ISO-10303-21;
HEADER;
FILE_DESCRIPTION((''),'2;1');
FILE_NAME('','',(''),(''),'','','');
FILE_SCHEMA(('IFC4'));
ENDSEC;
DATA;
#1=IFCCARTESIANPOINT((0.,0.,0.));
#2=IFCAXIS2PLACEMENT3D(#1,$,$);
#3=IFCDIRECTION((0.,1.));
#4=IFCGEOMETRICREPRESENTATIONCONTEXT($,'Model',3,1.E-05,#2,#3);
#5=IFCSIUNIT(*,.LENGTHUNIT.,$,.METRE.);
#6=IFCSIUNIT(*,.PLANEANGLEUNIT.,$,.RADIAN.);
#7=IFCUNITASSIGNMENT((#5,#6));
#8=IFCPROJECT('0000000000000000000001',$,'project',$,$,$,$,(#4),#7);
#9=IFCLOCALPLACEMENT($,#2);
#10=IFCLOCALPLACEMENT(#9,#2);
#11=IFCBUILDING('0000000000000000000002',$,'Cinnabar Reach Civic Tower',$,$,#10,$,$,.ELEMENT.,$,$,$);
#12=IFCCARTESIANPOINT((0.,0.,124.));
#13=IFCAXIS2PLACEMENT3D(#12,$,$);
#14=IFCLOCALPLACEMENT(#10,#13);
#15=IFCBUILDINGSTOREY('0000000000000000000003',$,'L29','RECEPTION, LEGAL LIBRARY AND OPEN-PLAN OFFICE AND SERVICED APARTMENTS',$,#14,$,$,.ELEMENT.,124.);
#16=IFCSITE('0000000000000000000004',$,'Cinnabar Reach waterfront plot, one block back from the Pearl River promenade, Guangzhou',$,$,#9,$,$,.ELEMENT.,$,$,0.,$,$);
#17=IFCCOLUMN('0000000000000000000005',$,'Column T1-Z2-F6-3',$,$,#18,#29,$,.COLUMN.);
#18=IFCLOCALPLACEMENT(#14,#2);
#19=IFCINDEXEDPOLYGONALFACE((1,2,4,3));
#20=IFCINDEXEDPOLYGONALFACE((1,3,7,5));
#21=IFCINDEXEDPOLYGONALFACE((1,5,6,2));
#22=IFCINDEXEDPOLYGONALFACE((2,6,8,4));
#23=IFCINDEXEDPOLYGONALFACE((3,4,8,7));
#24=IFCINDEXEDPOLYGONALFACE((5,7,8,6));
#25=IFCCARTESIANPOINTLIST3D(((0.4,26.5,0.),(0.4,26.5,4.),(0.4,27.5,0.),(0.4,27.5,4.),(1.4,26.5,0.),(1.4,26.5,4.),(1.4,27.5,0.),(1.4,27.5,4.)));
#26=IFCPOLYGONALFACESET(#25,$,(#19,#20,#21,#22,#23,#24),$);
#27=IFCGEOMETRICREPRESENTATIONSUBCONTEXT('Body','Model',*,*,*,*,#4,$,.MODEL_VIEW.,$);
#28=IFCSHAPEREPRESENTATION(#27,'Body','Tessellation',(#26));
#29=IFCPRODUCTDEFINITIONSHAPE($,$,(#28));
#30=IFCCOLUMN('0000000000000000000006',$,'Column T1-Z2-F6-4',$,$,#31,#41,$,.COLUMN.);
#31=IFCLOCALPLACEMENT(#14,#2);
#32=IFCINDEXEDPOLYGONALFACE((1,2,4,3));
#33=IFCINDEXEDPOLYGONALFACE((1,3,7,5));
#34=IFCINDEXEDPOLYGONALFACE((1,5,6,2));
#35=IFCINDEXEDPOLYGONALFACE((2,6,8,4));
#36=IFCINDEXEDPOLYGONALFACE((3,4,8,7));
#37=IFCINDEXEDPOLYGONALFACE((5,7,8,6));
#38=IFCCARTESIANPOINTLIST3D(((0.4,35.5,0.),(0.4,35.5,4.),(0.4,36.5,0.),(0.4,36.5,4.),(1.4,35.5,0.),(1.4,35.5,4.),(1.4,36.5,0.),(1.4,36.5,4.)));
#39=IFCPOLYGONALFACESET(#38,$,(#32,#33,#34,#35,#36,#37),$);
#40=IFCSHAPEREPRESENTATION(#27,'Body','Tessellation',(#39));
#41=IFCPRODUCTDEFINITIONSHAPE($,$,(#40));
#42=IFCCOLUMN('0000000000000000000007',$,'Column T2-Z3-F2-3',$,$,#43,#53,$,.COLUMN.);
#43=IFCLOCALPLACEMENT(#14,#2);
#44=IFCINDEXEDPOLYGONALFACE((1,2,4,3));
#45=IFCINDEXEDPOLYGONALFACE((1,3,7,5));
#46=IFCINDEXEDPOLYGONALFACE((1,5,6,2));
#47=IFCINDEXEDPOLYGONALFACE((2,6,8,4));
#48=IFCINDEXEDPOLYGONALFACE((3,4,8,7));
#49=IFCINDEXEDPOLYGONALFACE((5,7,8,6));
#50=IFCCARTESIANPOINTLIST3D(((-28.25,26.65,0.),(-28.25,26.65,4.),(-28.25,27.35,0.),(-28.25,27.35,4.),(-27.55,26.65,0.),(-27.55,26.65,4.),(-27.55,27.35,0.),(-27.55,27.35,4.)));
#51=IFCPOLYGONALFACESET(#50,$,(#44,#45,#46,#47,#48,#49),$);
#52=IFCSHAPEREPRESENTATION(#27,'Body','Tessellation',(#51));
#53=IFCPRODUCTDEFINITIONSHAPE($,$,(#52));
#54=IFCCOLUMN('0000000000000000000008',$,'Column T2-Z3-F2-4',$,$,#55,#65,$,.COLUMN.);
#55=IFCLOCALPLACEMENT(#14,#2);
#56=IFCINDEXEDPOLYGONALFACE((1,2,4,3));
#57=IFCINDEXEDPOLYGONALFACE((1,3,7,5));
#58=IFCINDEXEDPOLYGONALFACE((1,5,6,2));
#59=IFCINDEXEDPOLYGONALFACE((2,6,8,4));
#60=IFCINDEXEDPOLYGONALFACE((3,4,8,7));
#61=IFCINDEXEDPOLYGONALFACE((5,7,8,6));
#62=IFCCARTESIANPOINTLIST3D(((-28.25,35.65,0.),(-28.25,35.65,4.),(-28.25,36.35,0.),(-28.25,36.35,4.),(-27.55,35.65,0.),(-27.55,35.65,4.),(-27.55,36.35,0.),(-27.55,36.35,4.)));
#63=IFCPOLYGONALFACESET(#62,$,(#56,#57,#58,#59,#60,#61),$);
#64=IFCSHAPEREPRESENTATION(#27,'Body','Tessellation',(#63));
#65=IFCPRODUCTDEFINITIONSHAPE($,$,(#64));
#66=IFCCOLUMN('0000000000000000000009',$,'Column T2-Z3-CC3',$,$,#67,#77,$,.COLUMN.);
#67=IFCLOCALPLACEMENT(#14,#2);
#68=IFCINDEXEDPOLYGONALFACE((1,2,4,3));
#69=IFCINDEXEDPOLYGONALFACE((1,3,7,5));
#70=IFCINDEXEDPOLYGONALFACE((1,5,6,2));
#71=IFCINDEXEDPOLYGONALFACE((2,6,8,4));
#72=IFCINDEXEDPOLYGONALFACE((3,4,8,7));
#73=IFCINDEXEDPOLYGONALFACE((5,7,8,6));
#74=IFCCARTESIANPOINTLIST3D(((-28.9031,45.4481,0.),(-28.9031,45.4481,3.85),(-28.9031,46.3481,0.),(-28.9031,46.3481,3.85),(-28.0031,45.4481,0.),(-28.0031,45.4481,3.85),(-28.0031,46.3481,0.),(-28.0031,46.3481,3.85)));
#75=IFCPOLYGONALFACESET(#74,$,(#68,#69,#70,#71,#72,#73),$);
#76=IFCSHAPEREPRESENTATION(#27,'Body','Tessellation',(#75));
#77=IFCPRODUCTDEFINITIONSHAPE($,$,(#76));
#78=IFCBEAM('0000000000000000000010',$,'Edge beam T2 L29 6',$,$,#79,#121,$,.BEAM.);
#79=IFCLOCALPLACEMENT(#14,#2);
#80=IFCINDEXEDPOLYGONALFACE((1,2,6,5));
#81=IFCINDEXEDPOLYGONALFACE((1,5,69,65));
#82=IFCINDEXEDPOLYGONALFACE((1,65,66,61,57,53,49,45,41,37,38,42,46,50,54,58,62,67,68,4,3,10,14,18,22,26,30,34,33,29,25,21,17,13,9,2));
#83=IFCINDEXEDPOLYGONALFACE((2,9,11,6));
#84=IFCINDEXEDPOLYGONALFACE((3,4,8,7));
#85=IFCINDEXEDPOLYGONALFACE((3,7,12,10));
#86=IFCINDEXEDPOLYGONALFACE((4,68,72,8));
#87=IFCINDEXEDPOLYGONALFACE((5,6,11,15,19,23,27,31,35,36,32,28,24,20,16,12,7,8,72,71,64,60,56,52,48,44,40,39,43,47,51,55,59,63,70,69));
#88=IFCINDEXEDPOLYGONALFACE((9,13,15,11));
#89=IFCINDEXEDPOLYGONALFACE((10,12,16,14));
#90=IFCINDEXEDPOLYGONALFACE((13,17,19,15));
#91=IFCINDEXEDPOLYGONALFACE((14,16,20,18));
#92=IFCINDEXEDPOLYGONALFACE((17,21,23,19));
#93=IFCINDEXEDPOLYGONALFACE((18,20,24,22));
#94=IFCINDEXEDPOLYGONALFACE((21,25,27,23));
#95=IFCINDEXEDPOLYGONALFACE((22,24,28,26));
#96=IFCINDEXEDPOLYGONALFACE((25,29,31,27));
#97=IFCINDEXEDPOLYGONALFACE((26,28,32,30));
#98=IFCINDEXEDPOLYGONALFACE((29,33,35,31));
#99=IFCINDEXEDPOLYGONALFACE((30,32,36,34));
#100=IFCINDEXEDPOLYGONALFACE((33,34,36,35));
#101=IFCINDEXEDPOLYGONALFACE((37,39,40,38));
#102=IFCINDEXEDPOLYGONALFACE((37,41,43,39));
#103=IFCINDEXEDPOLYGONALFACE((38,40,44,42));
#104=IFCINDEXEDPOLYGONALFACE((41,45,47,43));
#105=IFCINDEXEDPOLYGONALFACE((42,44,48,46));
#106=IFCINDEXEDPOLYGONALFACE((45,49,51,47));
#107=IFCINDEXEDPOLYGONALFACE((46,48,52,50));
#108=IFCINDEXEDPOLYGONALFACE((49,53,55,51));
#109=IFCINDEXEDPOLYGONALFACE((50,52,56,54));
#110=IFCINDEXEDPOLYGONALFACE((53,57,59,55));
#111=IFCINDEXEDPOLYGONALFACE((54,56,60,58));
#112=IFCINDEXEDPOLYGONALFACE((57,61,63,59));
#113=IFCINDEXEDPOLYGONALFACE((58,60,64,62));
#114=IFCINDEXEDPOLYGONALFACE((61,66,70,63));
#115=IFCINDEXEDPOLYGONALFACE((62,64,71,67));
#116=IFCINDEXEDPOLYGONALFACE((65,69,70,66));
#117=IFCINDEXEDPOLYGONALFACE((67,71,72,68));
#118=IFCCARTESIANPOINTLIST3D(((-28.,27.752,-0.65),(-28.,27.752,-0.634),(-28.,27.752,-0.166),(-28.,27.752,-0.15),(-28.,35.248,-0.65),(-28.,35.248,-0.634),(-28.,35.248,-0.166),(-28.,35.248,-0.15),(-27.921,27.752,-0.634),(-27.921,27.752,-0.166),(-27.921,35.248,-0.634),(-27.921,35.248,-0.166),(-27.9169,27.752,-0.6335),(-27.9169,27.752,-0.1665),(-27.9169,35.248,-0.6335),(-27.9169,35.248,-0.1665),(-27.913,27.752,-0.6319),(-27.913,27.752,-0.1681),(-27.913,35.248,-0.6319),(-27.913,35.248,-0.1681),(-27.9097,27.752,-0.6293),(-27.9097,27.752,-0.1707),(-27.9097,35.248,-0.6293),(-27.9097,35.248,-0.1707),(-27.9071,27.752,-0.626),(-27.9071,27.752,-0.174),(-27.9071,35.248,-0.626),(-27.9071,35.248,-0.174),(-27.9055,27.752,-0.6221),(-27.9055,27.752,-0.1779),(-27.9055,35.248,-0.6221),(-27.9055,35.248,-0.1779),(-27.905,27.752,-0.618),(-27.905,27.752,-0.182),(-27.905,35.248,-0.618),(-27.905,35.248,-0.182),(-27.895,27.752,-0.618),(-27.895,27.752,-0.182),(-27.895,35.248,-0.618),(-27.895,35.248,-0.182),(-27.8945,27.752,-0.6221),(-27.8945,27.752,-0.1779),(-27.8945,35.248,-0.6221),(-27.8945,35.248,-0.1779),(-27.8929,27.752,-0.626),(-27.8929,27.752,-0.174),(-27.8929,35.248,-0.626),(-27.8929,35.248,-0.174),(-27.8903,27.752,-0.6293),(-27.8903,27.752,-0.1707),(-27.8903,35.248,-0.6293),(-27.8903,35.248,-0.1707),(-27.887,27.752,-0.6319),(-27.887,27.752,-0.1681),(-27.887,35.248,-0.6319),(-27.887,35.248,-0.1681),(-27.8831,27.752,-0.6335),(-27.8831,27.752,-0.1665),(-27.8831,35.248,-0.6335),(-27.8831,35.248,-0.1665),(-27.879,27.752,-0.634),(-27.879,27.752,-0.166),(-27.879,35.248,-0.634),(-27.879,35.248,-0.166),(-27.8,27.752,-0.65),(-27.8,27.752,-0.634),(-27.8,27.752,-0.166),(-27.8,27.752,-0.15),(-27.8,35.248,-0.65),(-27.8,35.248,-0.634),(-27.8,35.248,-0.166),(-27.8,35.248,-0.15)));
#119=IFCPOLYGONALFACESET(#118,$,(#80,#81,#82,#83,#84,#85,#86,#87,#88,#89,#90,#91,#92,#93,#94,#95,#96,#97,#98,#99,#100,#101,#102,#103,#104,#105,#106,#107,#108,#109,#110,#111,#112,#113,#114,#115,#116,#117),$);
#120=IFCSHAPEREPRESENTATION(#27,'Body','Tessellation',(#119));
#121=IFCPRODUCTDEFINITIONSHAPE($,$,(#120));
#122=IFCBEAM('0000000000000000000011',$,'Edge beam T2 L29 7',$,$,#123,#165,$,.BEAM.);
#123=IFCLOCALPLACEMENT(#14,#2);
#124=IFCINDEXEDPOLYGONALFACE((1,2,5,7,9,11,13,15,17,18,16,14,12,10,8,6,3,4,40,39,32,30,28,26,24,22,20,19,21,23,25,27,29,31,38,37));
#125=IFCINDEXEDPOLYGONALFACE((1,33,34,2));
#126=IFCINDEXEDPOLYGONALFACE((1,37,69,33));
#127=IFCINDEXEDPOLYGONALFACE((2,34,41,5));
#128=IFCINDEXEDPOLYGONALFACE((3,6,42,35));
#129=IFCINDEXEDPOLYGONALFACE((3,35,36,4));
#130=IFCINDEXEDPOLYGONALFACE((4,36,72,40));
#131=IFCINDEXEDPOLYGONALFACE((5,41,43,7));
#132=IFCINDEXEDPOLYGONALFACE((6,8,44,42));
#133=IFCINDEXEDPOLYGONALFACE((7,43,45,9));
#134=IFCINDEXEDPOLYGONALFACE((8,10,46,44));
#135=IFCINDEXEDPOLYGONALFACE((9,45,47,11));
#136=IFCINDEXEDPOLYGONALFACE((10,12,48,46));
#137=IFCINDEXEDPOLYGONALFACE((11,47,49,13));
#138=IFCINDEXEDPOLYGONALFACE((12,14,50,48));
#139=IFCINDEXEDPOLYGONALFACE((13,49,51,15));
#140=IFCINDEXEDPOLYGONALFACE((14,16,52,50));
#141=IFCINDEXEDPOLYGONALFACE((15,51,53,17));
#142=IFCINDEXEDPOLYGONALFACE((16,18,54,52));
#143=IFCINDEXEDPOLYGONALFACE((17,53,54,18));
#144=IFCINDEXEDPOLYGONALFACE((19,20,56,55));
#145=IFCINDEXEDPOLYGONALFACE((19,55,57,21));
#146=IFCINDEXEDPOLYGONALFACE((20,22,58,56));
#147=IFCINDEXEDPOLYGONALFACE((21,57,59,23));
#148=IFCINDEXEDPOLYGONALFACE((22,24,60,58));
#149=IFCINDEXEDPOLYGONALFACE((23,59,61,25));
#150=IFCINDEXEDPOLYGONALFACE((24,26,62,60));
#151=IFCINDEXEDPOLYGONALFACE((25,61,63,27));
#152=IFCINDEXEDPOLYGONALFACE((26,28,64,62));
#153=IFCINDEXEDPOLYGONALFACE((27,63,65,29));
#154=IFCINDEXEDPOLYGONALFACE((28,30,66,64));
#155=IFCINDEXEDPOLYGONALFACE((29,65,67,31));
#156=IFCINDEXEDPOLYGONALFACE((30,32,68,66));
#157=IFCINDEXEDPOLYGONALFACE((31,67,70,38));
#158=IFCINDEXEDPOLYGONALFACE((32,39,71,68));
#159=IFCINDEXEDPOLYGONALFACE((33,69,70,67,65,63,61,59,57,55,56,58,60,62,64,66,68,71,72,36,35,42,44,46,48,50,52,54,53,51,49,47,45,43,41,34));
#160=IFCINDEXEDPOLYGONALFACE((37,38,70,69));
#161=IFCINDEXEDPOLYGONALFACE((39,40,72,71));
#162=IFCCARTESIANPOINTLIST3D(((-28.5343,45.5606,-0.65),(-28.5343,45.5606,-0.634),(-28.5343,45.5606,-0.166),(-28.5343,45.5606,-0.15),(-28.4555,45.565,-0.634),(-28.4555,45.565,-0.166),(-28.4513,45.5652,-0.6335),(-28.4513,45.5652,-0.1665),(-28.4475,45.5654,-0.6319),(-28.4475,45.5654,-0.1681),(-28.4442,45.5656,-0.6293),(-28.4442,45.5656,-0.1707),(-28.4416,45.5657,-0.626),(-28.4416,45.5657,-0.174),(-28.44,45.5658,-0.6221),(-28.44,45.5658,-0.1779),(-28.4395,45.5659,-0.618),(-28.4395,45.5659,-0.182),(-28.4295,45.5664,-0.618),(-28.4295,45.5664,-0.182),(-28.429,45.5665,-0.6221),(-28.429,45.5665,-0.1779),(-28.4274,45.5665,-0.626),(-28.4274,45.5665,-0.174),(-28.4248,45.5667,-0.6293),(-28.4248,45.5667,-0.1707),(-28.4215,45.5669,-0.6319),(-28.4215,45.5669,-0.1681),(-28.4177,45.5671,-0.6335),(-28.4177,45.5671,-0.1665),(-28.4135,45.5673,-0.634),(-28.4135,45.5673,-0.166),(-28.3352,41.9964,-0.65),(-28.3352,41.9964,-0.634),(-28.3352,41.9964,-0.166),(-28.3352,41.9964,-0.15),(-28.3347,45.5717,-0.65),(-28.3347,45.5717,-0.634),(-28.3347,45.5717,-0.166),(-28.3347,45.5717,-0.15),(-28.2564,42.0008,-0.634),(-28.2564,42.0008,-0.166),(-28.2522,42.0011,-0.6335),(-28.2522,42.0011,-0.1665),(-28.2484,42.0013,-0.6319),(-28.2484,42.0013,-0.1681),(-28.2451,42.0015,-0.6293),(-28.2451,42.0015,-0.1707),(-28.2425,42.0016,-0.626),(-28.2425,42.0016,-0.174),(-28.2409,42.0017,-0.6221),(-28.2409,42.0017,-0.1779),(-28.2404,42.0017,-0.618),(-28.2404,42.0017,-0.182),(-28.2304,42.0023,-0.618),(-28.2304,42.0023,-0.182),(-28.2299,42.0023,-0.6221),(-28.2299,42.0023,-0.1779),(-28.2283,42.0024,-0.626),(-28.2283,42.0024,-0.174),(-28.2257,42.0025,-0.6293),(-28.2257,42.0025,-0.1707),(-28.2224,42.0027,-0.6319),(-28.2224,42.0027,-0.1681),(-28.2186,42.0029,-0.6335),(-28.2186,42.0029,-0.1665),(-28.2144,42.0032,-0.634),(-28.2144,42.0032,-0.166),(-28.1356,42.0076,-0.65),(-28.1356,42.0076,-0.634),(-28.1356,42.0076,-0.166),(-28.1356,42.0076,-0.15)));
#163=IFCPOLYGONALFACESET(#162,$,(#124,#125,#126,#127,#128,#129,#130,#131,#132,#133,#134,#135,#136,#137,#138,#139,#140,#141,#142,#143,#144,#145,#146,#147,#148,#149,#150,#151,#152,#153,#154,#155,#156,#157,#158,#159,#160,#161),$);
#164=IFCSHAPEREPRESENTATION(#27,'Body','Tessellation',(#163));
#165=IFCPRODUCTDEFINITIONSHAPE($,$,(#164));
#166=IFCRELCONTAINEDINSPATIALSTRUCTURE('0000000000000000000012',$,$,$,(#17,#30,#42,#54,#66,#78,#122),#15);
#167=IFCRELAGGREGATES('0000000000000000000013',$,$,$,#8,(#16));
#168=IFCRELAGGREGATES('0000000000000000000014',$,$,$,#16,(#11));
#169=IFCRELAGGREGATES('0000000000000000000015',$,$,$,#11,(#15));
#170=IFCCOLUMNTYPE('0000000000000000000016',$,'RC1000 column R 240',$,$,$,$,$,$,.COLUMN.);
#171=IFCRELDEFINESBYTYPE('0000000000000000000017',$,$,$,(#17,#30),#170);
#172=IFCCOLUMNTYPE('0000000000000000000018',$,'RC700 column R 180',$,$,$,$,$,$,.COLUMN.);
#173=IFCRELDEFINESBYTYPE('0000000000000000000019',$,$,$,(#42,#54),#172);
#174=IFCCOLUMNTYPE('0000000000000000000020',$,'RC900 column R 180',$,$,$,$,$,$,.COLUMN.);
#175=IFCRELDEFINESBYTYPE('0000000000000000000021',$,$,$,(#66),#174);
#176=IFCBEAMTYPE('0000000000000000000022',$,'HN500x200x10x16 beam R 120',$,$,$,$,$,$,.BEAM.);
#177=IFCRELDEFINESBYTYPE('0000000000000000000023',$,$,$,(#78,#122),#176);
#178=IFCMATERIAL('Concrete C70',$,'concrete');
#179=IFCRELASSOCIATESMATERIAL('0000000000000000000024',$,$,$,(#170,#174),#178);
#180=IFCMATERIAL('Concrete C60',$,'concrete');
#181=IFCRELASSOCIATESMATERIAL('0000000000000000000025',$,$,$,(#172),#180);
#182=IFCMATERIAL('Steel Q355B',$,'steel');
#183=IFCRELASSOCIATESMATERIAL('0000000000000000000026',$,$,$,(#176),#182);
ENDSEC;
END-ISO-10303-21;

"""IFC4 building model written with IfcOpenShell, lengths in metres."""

from ifc_helpers import new_model, si_unit, direction, frame, origin, origin_2d, place, context, subcontext, project, spatial, rectangle, i_section, extrude, material, material_profile, profile_set, type_object, element, save


model = new_model("IFC4")

# Units and contexts
model_context = context("Model", 3, precision=1e-05, world=origin(), true_north=direction((0.0, 1.0)))
body_context = subcontext(model_context, "Body", "Model", "MODEL_VIEW")
ifc_project = project(units=[si_unit("LENGTHUNIT", "METRE"), si_unit("PLANEANGLEUNIT", "RADIAN")], contexts=[model_context])

# Site, building, storey
site_placement = place(None, origin())
site = spatial("IfcSite", under=ifc_project, at=site_placement, Name="Cinnabar Reach waterfront plot, one block back from the Pearl River promenade, Guangzhou", CompositionType="ELEMENT", RefElevation=0.0)
building_placement = place(site_placement, origin())
building = spatial("IfcBuilding", under=site, at=building_placement, Name="Cinnabar Reach Civic Tower", CompositionType="ELEMENT")
storey_placement = place(building_placement, frame((0.0, 0.0, 124.0)))
storey = spatial("IfcBuildingStorey", under=building, at=storey_placement, Name="L29", Description="RECEPTION, LEGAL LIBRARY AND OPEN-PLAN OFFICE AND SERVICED APARTMENTS", CompositionType="ELEMENT", Elevation=124.0)

# Columns
ifc_material_1 = material(Name="Concrete C70", Category="concrete")
ifc_material_profile_1 = material_profile(ifc_material_1, rectangle(XDim=1.0, YDim=1.0, at=origin_2d()), Name="RC1000")
ifc_profile_set_1 = profile_set([ifc_material_profile_1], Name="Concrete C70")
column_type_1 = type_object("IfcColumnType", Name="RC1000 column R 240", PredefinedType="COLUMN", material=ifc_profile_set_1)
for number, where, z_axis, x_axis, name in (
    (1, (0.9, 27.0, 0.0), (0.0, 0.0, 1.0), (1.0, 0.0, 0.0), "Column T1-Z2-F6-3"),
    (2, (0.9, 36.0, 0.0), (0.0, 0.0, 1.0), (1.0, 0.0, 0.0), "Column T1-Z2-F6-4"),
):
    element("IfcColumn", number, at=place(storey_placement, frame(where, z_axis=z_axis, x_axis=x_axis)), inside=storey, type_object=column_type_1, Name=name, PredefinedType="COLUMN", context=body_context, shape_type="SweptSolid", body=[
        extrude(rectangle(XDim=1.0, YDim=1.0, at=origin_2d()), origin(), (0.0, 0.0, 1.0), 4.0),
    ])
ifc_material_2 = material(Name="Concrete C60", Category="concrete")
ifc_material_profile_2 = material_profile(ifc_material_2, rectangle(XDim=0.7, YDim=0.7, at=origin_2d()), Name="RC700")
ifc_profile_set_2 = profile_set([ifc_material_profile_2], Name="Concrete C60")
column_type_2 = type_object("IfcColumnType", Name="RC700 column R 180", PredefinedType="COLUMN", material=ifc_profile_set_2)
for number, where, z_axis, x_axis, name in (
    (3, (-27.9, 27.0, 0.0), (0.0, 0.0, 1.0), (1.0, 0.0, 0.0), "Column T2-Z3-F2-3"),
    (4, (-27.9, 36.0, 0.0), (0.0, 0.0, 1.0), (1.0, 0.0, 0.0), "Column T2-Z3-F2-4"),
):
    element("IfcColumn", number, at=place(storey_placement, frame(where, z_axis=z_axis, x_axis=x_axis)), inside=storey, type_object=column_type_2, Name=name, PredefinedType="COLUMN", context=body_context, shape_type="SweptSolid", body=[
        extrude(rectangle(XDim=0.7, YDim=0.7, at=origin_2d()), origin(), (0.0, 0.0, 1.0), 4.0),
    ])
ifc_material_profile_3 = material_profile(ifc_material_1, rectangle(XDim=0.9, YDim=0.9, at=origin_2d()), Name="RC900")
ifc_profile_set_3 = profile_set([ifc_material_profile_3], Name="Concrete C70")
column_type_3 = type_object("IfcColumnType", Name="RC900 column R 180", PredefinedType="COLUMN", material=ifc_profile_set_3)
column_placement = place(storey_placement, frame((-28.4531, 45.8981, 0.0), z_axis=(0.0, 0.0, 1.0), x_axis=(1.0, 0.0, 0.0)))
element("IfcColumn", 5, at=column_placement, inside=storey, type_object=column_type_3, Name="Column T2-Z3-CC3", PredefinedType="COLUMN", context=body_context, shape_type="SweptSolid", body=[
    extrude(rectangle(XDim=0.9, YDim=0.9, at=origin_2d()), origin(), (0.0, 0.0, 1.0), 3.85),
])

# Beams
ifc_material_3 = material(Name="Steel Q355B", Category="steel")
ifc_material_profile_4 = material_profile(ifc_material_3, i_section(OverallWidth=0.2, OverallDepth=0.5, WebThickness=0.01, FlangeThickness=0.016, FilletRadius=0.016, at=origin_2d()), Name="HN500x200x10x16")
ifc_profile_set_4 = profile_set([ifc_material_profile_4], Name="Steel Q355B")
beam_type = type_object("IfcBeamType", Name="HN500x200x10x16 beam R 120", PredefinedType="BEAM", material=ifc_profile_set_4)
beam_1_placement = place(storey_placement, frame((-27.9, 27.752, -0.4), z_axis=(0.0, 1.0, 0.0), x_axis=(-1.0, 0.0, 0.0)))
element("IfcBeam", 6, at=beam_1_placement, inside=storey, type_object=beam_type, Name="Edge beam T2 L29 6", PredefinedType="BEAM", context=body_context, shape_type="SweptSolid", body=[
    extrude(i_section(OverallWidth=0.2, OverallDepth=0.5, WebThickness=0.01, FlangeThickness=0.016, FilletRadius=0.016, at=origin_2d()), origin(), (0.0, 0.0, 1.0), 7.496),
])
beam_2_placement = place(storey_placement, frame((-28.2354, 42.002, -0.4), z_axis=(-0.055776, 0.998443, 0.0), x_axis=(-0.998443, -0.055776, 0.0)))
element("IfcBeam", 7, at=beam_2_placement, inside=storey, type_object=beam_type, Name="Edge beam T2 L29 7", PredefinedType="BEAM", context=body_context, shape_type="SweptSolid", body=[
    extrude(i_section(OverallWidth=0.2, OverallDepth=0.5, WebThickness=0.01, FlangeThickness=0.016, FilletRadius=0.016, at=origin_2d()), origin(), (0.0, 0.0, 1.0), 3.5697),
])

save(model, "model.ifc")
